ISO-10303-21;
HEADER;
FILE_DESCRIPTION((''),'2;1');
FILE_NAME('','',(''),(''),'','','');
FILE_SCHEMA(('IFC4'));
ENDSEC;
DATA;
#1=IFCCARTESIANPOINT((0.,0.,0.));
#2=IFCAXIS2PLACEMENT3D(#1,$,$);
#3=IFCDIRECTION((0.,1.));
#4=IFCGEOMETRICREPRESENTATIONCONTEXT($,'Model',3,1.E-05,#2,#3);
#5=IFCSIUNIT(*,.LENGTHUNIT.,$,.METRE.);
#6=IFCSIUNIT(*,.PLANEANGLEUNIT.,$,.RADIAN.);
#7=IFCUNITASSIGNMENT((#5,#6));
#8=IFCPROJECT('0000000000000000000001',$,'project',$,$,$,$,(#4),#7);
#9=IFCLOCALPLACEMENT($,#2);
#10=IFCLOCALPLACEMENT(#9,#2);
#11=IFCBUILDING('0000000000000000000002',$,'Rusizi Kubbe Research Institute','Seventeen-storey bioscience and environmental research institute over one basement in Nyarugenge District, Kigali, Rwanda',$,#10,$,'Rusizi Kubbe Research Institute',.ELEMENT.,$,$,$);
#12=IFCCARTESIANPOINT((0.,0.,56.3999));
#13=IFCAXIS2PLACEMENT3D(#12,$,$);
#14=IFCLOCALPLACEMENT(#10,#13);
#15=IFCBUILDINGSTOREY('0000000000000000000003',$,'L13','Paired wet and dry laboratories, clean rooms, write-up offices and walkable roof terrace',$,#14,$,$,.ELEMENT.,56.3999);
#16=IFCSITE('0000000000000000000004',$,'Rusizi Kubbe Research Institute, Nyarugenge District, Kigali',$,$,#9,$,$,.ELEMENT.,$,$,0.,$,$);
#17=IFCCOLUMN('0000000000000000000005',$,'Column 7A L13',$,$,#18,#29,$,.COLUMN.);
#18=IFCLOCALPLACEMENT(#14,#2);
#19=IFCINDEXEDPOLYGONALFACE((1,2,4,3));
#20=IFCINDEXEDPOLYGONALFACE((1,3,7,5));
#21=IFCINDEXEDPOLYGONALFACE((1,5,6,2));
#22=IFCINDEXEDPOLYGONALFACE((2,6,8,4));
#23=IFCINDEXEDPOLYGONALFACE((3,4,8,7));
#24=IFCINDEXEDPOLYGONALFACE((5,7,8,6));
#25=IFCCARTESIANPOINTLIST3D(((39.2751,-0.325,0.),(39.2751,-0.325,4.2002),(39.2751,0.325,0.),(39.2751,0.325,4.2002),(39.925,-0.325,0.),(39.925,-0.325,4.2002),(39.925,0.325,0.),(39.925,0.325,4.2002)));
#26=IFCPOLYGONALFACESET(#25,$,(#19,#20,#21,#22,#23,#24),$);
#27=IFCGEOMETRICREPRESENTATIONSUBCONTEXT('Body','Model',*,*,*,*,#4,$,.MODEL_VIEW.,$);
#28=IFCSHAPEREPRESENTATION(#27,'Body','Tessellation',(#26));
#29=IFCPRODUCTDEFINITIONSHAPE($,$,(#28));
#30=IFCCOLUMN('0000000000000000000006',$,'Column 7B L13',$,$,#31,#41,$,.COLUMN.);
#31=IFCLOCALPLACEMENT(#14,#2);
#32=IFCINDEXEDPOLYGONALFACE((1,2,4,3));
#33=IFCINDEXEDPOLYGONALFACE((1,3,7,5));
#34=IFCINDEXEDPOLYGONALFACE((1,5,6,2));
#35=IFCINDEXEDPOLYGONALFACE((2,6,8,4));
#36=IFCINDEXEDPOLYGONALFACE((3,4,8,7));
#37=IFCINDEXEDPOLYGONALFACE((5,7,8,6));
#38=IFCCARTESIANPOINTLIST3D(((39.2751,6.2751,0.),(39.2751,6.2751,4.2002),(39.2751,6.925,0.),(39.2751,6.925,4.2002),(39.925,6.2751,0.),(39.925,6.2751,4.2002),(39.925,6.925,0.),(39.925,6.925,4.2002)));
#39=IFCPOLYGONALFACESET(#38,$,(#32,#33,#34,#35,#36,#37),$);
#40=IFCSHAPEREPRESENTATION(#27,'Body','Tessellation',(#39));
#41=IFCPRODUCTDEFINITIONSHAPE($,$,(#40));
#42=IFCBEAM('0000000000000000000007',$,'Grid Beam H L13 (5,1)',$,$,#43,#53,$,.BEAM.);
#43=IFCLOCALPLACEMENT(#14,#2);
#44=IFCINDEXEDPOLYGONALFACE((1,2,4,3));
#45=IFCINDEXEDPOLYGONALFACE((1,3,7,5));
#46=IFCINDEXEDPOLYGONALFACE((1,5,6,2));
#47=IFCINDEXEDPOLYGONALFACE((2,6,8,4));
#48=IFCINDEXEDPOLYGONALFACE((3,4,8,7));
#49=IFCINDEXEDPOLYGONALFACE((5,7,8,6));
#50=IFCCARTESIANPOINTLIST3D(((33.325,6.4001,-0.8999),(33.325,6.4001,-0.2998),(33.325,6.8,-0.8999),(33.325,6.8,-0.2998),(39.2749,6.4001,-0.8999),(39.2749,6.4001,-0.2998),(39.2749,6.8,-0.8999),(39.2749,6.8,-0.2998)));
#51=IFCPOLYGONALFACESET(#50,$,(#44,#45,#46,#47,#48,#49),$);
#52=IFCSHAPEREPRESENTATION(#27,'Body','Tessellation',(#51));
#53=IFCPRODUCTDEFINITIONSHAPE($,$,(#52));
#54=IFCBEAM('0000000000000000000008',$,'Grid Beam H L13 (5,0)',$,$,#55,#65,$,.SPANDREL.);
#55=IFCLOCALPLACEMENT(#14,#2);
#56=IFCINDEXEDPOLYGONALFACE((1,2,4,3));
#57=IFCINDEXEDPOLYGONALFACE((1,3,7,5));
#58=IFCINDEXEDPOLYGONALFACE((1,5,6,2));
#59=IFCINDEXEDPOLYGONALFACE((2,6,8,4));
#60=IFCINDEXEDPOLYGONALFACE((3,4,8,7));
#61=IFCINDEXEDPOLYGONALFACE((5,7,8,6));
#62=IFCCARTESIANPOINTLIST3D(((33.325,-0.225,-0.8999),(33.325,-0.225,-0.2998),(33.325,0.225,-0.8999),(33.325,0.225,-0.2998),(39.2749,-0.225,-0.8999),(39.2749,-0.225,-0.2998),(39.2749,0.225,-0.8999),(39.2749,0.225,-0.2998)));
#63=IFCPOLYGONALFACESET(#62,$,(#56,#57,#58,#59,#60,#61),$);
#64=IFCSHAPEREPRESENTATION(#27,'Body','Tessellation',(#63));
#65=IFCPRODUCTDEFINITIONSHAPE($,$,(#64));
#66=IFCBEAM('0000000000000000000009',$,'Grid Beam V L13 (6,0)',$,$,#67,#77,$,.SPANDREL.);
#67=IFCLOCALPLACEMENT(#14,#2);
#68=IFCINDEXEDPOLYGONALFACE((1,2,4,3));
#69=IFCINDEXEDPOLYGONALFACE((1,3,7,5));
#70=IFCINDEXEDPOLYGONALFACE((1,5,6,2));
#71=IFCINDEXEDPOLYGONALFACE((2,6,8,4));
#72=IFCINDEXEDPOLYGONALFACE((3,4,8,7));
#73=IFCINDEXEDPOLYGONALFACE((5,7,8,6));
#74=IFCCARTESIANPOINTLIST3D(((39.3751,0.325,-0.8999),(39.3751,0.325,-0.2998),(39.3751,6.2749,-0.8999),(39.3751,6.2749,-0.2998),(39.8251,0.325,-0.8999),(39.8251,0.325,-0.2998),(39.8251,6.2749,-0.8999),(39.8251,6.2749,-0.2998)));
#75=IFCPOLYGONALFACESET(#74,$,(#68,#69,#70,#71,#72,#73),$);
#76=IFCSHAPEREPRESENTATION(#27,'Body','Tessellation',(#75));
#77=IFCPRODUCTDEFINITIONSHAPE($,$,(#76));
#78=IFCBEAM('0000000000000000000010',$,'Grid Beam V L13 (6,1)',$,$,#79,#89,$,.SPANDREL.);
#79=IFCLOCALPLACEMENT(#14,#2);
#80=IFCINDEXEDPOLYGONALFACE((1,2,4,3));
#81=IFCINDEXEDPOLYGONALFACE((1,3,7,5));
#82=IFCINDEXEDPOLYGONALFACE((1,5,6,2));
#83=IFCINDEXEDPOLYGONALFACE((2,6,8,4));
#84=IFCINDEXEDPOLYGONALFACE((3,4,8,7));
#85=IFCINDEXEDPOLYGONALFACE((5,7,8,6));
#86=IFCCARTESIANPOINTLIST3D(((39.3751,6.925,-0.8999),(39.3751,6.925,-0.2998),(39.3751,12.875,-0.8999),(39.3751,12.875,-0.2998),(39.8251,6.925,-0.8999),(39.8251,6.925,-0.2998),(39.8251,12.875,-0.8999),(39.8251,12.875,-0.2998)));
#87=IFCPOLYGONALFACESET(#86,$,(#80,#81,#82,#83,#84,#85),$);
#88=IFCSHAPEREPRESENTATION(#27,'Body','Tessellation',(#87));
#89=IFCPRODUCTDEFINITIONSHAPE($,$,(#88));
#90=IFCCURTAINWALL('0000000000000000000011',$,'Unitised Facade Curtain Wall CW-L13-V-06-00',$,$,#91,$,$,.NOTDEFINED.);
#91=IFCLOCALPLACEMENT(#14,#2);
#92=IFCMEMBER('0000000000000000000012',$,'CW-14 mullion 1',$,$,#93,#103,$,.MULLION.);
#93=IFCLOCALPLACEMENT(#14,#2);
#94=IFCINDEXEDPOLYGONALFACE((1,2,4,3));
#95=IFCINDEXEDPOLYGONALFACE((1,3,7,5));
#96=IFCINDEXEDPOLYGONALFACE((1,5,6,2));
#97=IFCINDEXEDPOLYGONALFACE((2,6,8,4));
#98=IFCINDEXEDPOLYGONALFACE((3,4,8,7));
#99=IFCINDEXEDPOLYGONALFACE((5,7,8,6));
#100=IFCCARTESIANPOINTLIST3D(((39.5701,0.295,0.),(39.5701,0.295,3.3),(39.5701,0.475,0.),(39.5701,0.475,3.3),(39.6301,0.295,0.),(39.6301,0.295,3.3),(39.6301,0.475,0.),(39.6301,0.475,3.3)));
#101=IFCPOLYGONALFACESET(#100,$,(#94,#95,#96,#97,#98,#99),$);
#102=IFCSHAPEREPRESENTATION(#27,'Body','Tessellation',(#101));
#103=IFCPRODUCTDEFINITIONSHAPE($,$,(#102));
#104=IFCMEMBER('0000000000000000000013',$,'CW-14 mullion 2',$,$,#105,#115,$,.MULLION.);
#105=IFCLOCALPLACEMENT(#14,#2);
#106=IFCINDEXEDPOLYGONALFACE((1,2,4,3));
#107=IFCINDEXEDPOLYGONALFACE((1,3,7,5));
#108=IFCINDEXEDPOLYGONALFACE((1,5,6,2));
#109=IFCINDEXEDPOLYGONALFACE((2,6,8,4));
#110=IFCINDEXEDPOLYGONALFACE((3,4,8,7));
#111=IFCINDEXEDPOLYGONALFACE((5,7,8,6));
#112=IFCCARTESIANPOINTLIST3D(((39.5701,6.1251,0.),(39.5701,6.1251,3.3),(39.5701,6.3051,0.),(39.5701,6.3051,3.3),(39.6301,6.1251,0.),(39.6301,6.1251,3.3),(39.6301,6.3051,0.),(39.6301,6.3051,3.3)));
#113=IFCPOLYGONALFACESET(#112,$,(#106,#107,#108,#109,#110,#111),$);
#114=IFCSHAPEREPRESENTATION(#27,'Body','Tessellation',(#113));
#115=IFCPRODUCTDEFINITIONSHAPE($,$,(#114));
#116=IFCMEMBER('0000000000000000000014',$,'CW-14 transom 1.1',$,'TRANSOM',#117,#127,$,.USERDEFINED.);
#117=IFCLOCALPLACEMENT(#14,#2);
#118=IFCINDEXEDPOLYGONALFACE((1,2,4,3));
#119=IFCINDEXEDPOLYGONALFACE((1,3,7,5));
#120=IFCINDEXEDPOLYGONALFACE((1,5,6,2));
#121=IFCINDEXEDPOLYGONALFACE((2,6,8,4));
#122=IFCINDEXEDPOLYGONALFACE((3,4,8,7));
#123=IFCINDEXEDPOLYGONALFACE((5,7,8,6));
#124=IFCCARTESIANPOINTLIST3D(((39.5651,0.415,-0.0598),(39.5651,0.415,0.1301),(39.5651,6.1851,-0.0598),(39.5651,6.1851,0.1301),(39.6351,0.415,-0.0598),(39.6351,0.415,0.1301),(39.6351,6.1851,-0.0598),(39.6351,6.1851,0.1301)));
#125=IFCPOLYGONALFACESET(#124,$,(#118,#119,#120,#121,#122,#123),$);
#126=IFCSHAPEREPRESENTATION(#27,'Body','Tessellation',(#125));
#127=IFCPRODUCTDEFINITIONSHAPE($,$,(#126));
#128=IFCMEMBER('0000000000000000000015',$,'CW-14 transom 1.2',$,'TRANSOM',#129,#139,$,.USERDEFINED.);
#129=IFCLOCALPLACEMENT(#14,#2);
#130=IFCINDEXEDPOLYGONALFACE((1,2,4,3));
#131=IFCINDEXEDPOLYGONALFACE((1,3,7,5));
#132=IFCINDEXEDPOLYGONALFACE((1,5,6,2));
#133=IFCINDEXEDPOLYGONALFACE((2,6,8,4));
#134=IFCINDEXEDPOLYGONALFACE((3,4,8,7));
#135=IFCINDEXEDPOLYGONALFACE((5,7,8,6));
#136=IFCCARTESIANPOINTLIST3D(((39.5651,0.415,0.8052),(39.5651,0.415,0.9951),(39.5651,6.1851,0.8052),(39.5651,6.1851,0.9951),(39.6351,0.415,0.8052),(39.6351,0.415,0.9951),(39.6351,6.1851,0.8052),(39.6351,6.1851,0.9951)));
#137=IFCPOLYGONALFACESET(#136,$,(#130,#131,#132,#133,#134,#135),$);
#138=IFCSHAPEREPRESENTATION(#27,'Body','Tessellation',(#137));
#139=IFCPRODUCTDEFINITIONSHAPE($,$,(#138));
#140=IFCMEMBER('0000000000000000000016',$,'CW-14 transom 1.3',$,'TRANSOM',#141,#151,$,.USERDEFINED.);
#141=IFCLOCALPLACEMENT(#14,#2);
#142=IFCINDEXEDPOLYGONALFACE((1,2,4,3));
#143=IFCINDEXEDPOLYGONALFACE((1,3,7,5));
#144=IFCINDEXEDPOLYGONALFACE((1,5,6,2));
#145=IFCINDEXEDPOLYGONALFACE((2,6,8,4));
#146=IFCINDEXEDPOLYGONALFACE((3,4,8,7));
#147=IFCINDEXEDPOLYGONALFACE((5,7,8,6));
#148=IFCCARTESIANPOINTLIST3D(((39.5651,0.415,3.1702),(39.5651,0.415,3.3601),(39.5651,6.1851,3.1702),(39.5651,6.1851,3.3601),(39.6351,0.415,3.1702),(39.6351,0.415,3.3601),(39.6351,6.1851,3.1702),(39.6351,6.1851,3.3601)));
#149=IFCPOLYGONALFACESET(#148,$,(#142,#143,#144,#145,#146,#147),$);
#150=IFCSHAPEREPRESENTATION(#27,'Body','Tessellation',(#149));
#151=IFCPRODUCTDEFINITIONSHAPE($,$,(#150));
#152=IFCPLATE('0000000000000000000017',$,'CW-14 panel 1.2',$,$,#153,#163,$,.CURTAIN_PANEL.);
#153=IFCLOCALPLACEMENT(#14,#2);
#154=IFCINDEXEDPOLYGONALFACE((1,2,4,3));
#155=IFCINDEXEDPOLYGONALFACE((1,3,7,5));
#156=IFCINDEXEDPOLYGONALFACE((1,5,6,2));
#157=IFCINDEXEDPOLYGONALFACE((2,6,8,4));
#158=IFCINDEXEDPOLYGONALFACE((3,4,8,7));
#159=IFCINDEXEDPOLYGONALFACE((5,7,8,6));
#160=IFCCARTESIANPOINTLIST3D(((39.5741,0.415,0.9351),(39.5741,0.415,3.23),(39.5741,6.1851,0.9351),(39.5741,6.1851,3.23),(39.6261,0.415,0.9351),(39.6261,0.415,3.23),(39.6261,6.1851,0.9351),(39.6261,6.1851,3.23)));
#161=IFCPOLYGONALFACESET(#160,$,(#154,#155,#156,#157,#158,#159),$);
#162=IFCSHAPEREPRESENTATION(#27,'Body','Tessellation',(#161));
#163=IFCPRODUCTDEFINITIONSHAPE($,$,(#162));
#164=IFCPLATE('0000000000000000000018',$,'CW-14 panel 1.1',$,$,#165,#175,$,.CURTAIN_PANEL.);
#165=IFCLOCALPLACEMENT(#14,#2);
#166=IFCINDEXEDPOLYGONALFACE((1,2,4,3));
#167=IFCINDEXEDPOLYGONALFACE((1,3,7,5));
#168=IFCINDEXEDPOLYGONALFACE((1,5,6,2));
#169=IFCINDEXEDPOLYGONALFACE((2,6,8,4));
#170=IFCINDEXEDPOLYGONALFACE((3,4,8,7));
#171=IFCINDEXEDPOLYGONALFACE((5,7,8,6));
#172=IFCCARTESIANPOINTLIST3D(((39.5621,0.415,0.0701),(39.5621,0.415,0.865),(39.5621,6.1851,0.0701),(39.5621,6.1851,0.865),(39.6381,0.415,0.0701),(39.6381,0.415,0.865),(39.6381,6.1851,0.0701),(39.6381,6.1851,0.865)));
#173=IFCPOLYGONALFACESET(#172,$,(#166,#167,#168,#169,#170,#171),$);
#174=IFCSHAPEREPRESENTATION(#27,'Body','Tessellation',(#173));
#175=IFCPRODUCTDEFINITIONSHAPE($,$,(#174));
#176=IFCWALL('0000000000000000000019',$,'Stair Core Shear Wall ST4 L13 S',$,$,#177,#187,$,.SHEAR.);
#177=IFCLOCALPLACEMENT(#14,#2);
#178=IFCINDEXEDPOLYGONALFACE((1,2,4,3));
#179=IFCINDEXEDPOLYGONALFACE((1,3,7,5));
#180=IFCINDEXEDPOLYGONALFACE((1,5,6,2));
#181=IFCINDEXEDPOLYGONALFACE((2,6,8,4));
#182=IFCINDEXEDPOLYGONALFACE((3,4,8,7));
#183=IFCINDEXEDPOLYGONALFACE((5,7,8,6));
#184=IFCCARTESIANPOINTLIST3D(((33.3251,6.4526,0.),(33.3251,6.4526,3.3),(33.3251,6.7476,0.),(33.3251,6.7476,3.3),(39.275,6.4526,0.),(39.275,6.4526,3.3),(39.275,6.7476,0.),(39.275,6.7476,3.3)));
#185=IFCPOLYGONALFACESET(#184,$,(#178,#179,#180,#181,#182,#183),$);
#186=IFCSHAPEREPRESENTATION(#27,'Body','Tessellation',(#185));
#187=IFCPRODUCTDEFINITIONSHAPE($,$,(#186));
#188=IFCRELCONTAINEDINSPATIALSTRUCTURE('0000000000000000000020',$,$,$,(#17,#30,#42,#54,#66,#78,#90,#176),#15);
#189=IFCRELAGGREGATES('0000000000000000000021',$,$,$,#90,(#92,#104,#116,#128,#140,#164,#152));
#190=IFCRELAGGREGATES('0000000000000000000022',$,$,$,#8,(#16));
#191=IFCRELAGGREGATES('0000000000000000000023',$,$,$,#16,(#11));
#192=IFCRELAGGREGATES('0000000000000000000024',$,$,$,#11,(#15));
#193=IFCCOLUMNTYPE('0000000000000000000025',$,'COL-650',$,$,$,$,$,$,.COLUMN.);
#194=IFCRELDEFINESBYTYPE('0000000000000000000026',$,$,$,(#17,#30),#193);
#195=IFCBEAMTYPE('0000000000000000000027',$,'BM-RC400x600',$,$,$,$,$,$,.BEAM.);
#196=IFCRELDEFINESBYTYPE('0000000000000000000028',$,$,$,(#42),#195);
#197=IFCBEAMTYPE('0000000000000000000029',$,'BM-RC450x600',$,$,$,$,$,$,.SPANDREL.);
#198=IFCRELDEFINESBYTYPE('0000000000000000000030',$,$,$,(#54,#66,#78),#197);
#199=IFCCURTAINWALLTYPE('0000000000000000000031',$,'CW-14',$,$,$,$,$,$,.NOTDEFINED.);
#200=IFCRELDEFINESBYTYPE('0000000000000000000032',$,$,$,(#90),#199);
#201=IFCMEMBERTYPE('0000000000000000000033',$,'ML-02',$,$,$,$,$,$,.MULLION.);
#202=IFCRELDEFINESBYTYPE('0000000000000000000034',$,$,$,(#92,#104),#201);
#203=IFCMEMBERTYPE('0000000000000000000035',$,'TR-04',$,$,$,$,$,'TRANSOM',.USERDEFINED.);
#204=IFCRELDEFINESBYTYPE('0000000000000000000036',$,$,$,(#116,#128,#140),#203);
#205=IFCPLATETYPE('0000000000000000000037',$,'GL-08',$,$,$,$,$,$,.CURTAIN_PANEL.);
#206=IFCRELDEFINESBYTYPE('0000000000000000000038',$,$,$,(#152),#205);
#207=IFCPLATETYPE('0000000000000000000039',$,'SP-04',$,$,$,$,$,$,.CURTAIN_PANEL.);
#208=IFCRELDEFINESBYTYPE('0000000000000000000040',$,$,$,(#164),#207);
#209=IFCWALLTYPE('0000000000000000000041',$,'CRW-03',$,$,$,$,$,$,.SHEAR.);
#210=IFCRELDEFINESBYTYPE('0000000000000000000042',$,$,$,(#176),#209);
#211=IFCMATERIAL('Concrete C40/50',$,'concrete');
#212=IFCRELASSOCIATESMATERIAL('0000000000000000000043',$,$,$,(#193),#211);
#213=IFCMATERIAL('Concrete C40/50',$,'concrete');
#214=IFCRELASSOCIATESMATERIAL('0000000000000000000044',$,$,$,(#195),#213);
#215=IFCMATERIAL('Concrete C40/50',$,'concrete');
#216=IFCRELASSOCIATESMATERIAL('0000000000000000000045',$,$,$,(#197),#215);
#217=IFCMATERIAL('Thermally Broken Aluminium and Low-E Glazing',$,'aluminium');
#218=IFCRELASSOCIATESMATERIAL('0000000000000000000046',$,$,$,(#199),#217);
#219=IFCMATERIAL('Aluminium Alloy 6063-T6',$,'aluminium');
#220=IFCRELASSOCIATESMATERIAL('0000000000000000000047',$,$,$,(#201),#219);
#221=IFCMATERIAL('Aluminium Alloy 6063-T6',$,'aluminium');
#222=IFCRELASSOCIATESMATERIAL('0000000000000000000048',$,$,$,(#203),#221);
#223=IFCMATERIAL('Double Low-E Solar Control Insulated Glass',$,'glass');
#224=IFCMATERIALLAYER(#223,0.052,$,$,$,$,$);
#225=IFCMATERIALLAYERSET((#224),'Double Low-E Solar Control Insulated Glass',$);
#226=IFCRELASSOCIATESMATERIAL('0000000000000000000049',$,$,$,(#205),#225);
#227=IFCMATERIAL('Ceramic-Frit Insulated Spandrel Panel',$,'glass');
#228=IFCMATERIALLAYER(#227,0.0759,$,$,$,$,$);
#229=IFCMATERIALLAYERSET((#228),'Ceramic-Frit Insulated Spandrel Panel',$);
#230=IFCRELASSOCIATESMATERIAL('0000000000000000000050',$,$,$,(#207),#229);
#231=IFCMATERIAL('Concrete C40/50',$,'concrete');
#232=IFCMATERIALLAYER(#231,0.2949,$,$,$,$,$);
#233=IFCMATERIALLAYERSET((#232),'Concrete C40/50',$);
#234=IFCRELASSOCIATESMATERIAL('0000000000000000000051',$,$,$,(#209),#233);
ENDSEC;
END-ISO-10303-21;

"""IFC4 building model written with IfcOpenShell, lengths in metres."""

from ifc_helpers import new_model, si_unit, direction, frame, frame_2d, origin, origin_2d, place, context, subcontext, project, spatial, rectangle, extrude, material, layer, layer_set, material_profile, profile_set, type_object, element, aggregate, save


model = new_model("IFC4")

# Units and contexts
model_context = context("Model", 3, precision=1e-05, world=origin(), true_north=direction((0.0, 1.0)))
body_context = subcontext(model_context, "Body", "Model", "MODEL_VIEW")
ifc_project = project(units=[si_unit("LENGTHUNIT", "METRE"), si_unit("PLANEANGLEUNIT", "RADIAN")], contexts=[model_context])

# Site, building, storey
site_placement = place(None, origin())
site = spatial("IfcSite", under=ifc_project, at=site_placement, Name="Rusizi Kubbe Research Institute, Nyarugenge District, Kigali", CompositionType="ELEMENT", RefElevation=0.0)
building_placement = place(site_placement, origin())
building = spatial("IfcBuilding", under=site, at=building_placement, Name="Rusizi Kubbe Research Institute", Description="Seventeen-storey bioscience and environmental research institute over one basement in Nyarugenge District, Kigali, Rwanda", LongName="Rusizi Kubbe Research Institute", CompositionType="ELEMENT")
storey_placement = place(building_placement, frame((0.0, 0.0, 56.3999)))
storey = spatial("IfcBuildingStorey", under=building, at=storey_placement, Name="L13", Description="Paired wet and dry laboratories, clean rooms, write-up offices and walkable roof terrace", CompositionType="ELEMENT", Elevation=56.3999)

# Columns
ifc_material_1 = material(Name="Concrete C40/50", Category="concrete")
ifc_material_profile_1 = material_profile(ifc_material_1, rectangle(XDim=0.6499, YDim=0.6499, at=origin_2d()), Name="RC650x650")
ifc_profile_set_1 = profile_set([ifc_material_profile_1], Name="Concrete C40/50")
column_type = type_object("IfcColumnType", Name="COL-650", PredefinedType="COLUMN", material=ifc_profile_set_1)
for number, where, z_axis, x_axis, name in (
    (1, (39.6001, 0.0, 0.0), (0.0, 0.0, 1.0), (1.0, 0.0, 0.0), "Column 7A L13"),
    (2, (39.6001, 6.6001, 0.0), (0.0, 0.0, 1.0), (1.0, 0.0, 0.0), "Column 7B L13"),
):
    element("IfcColumn", number, at=place(storey_placement, frame(where, z_axis=z_axis, x_axis=x_axis)), inside=storey, type_object=column_type, Name=name, PredefinedType="COLUMN", context=body_context, shape_type="SweptSolid", body=[
        extrude(rectangle(XDim=0.6499, YDim=0.6499, at=origin_2d()), origin(), (0.0, 0.0, 1.0), 4.2002),
    ])

# Beams
ifc_material_2 = material(Name="Concrete C40/50", Category="concrete")
ifc_material_profile_2 = material_profile(ifc_material_2, rectangle(XDim=0.3999, YDim=0.6001, at=origin_2d()), Name="RC400x600")
ifc_profile_set_2 = profile_set([ifc_material_profile_2], Name="Concrete C40/50")
beam_type_1 = type_object("IfcBeamType", Name="BM-RC400x600", PredefinedType="BEAM", material=ifc_profile_set_2)
beam_placement = place(storey_placement, frame((33.325, 6.6001, -0.5999), z_axis=(1.0, 0.0, 0.0), x_axis=(0.0, 1.0, 0.0)))
element("IfcBeam", 3, at=beam_placement, inside=storey, type_object=beam_type_1, Name="Grid Beam H L13 (5,1)", PredefinedType="BEAM", context=body_context, shape_type="SweptSolid", body=[
    extrude(rectangle(XDim=0.3999, YDim=0.6001, at=origin_2d()), origin(), (0.0, 0.0, 1.0), 5.95),
])
ifc_material_3 = material(Name="Concrete C40/50", Category="concrete")
ifc_material_profile_3 = material_profile(ifc_material_3, rectangle(XDim=0.45, YDim=0.6001, at=origin_2d()), Name="RC450x600")
ifc_profile_set_3 = profile_set([ifc_material_profile_3], Name="Concrete C40/50")
beam_type_2 = type_object("IfcBeamType", Name="BM-RC450x600", PredefinedType="SPANDREL", material=ifc_profile_set_3)
for number, where, z_axis, x_axis, name in (
    (4, (33.325, 0.0, -0.5999), (1.0, 0.0, 0.0), (0.0, 1.0, 0.0), "Grid Beam H L13 (5,0)"),
    (5, (39.6001, 0.325, -0.5999), (0.0, 1.0, 0.0), (-1.0, 0.0, 0.0), "Grid Beam V L13 (6,0)"),
    (6, (39.6001, 6.925, -0.5999), (0.0, 1.0, 0.0), (-1.0, 0.0, 0.0), "Grid Beam V L13 (6,1)"),
):
    element("IfcBeam", number, at=place(storey_placement, frame(where, z_axis=z_axis, x_axis=x_axis)), inside=storey, type_object=beam_type_2, Name=name, PredefinedType="SPANDREL", context=body_context, shape_type="SweptSolid", body=[
        extrude(rectangle(XDim=0.45, YDim=0.6001, at=origin_2d()), origin(), (0.0, 0.0, 1.0), 5.95),
    ])

# Curtain wall, members, plates
ifc_material_4 = material(Name="Thermally Broken Aluminium and Low-E Glazing", Category="aluminium")
curtain_wall_type = type_object("IfcCurtainWallType", Name="CW-14", PredefinedType="NOTDEFINED", material=ifc_material_4)
curtain_wall_placement = place(storey_placement, origin())
curtain_wall = element("IfcCurtainWall", 7, at=curtain_wall_placement, inside=storey, type_object=curtain_wall_type, Name="Unitised Facade Curtain Wall CW-L13-V-06-00", PredefinedType="NOTDEFINED")
ifc_material_5 = material(Name="Aluminium Alloy 6063-T6", Category="aluminium")
ifc_material_profile_4 = material_profile(ifc_material_5, rectangle(XDim=0.0601, YDim=0.1799, at=origin_2d()), Name="ALU-M 60x180")
ifc_profile_set_4 = profile_set([ifc_material_profile_4], Name="Aluminium Alloy 6063-T6")
member_type_1 = type_object("IfcMemberType", Name="ML-02", PredefinedType="MULLION", material=ifc_profile_set_4)
member_1_placement = place(storey_placement, frame((39.6001, 0.385, 0.0), z_axis=(0.0, 0.0, 1.0), x_axis=(-1.0, 0.0, 0.0)))
member_1 = element("IfcMember", 8, at=member_1_placement, type_object=member_type_1, Name="CW-14 mullion 1", PredefinedType="MULLION", context=body_context, shape_type="SweptSolid", body=[
    extrude(rectangle(XDim=0.0601, YDim=0.1799, at=origin_2d()), origin(), (0.0, 0.0, 1.0), 3.3),
])
member_2_placement = place(storey_placement, frame((39.6001, 6.2151, 0.0), z_axis=(0.0, 0.0, 1.0), x_axis=(-1.0, 0.0, 0.0)))
member_2 = element("IfcMember", 9, at=member_2_placement, type_object=member_type_1, Name="CW-14 mullion 2", PredefinedType="MULLION", context=body_context, shape_type="SweptSolid", body=[
    extrude(rectangle(XDim=0.0601, YDim=0.1799, at=origin_2d()), origin(), (0.0, 0.0, 1.0), 3.3),
])
ifc_material_6 = material(Name="Aluminium Alloy 6063-T6", Category="aluminium")
ifc_material_profile_5 = material_profile(ifc_material_6, rectangle(XDim=0.0701, YDim=0.1899, at=origin_2d()), Name="ALU-T 70x190")
ifc_profile_set_5 = profile_set([ifc_material_profile_5], Name="Aluminium Alloy 6063-T6")
member_type_2 = type_object("IfcMemberType", Name="TR-04", ElementType="TRANSOM", PredefinedType="USERDEFINED", material=ifc_profile_set_5)
member_3_placement = place(storey_placement, frame((39.6001, 0.415, 0.0352), z_axis=(0.0, 1.0, 0.0), x_axis=(-1.0, 0.0, 0.0)))
member_3 = element("IfcMember", 10, at=member_3_placement, type_object=member_type_2, Name="CW-14 transom 1.1", ObjectType="TRANSOM", PredefinedType="USERDEFINED", context=body_context, shape_type="SweptSolid", body=[
    extrude(rectangle(XDim=0.0701, YDim=0.1899, at=origin_2d()), origin(), (0.0, 0.0, 1.0), 5.77),
])
member_4_placement = place(storey_placement, frame((39.6001, 0.415, 0.9001), z_axis=(0.0, 1.0, 0.0), x_axis=(-1.0, 0.0, 0.0)))
member_4 = element("IfcMember", 11, at=member_4_placement, type_object=member_type_2, Name="CW-14 transom 1.2", ObjectType="TRANSOM", PredefinedType="USERDEFINED", context=body_context, shape_type="SweptSolid", body=[
    extrude(rectangle(XDim=0.0701, YDim=0.1899, at=origin_2d()), origin(), (0.0, 0.0, 1.0), 5.77),
])
member_5_placement = place(storey_placement, frame((39.6001, 0.415, 3.2651), z_axis=(0.0, 1.0, 0.0), x_axis=(-1.0, 0.0, 0.0)))
member_5 = element("IfcMember", 12, at=member_5_placement, type_object=member_type_2, Name="CW-14 transom 1.3", ObjectType="TRANSOM", PredefinedType="USERDEFINED", context=body_context, shape_type="SweptSolid", body=[
    extrude(rectangle(XDim=0.0701, YDim=0.1899, at=origin_2d()), origin(), (0.0, 0.0, 1.0), 5.77),
])
ifc_material_7 = material(Name="Double Low-E Solar Control Insulated Glass", Category="glass")
ifc_layer_1 = layer(ifc_material_7, 0.052)
ifc_layer_set_1 = layer_set([ifc_layer_1], Name="Double Low-E Solar Control Insulated Glass")
plate_type_1 = type_object("IfcPlateType", Name="GL-08", PredefinedType="CURTAIN_PANEL", material=ifc_layer_set_1)
plate_1_placement = place(storey_placement, frame((39.6001, 3.3, 0.9351), z_axis=(0.0, 0.0, 1.0), x_axis=(0.0, 1.0, 0.0)))
plate_1 = element("IfcPlate", 13, at=plate_1_placement, type_object=plate_type_1, Name="CW-14 panel 1.2", PredefinedType="CURTAIN_PANEL", context=body_context, shape_type="SweptSolid", body=[
    extrude(rectangle(XDim=5.77, YDim=0.052, at=origin_2d()), origin(), (0.0, 0.0, 1.0), 2.2949),
])
ifc_material_8 = material(Name="Ceramic-Frit Insulated Spandrel Panel", Category="glass")
ifc_layer_2 = layer(ifc_material_8, 0.0759)
ifc_layer_set_2 = layer_set([ifc_layer_2], Name="Ceramic-Frit Insulated Spandrel Panel")
plate_type_2 = type_object("IfcPlateType", Name="SP-04", PredefinedType="CURTAIN_PANEL", material=ifc_layer_set_2)
plate_2_placement = place(storey_placement, frame((39.6001, 3.3, 0.0701), z_axis=(0.0, 0.0, 1.0), x_axis=(0.0, 1.0, 0.0)))
plate_2 = element("IfcPlate", 14, at=plate_2_placement, type_object=plate_type_2, Name="CW-14 panel 1.1", PredefinedType="CURTAIN_PANEL", context=body_context, shape_type="SweptSolid", body=[
    extrude(rectangle(XDim=5.77, YDim=0.0759, at=origin_2d()), origin(), (0.0, 0.0, 1.0), 0.7949),
])
aggregate(curtain_wall, [member_1, member_2, member_3, member_4, member_5, plate_2, plate_1])

# Wall
ifc_material_9 = material(Name="Concrete C40/50", Category="concrete")
ifc_layer_3 = layer(ifc_material_9, 0.2949)
ifc_layer_set_3 = layer_set([ifc_layer_3], Name="Concrete C40/50")
wall_type_1 = type_object("IfcWallType", Name="CRW-03", PredefinedType="SHEAR", material=ifc_layer_set_3)
for number, where, z_axis, x_axis, name in (
    (15, (33.325, 6.6001, 0.0), (0.0, 0.0, 1.0), (1.0, 0.0, 0.0), "Stair Core Shear Wall ST4 L13 S"),
):
    element("IfcWall", number, at=place(storey_placement, frame(where, z_axis=z_axis, x_axis=x_axis)), inside=storey, type_object=wall_type_1, Name=name, PredefinedType="SHEAR", context=body_context, shape_type="SweptSolid", body=[
        extrude(rectangle(XDim=5.95, YDim=0.2949, at=frame_2d((2.9751, 0.0))), origin(), (0.0, 0.0, 1.0), 3.3),
    ])

save(model, "model.ifc")
